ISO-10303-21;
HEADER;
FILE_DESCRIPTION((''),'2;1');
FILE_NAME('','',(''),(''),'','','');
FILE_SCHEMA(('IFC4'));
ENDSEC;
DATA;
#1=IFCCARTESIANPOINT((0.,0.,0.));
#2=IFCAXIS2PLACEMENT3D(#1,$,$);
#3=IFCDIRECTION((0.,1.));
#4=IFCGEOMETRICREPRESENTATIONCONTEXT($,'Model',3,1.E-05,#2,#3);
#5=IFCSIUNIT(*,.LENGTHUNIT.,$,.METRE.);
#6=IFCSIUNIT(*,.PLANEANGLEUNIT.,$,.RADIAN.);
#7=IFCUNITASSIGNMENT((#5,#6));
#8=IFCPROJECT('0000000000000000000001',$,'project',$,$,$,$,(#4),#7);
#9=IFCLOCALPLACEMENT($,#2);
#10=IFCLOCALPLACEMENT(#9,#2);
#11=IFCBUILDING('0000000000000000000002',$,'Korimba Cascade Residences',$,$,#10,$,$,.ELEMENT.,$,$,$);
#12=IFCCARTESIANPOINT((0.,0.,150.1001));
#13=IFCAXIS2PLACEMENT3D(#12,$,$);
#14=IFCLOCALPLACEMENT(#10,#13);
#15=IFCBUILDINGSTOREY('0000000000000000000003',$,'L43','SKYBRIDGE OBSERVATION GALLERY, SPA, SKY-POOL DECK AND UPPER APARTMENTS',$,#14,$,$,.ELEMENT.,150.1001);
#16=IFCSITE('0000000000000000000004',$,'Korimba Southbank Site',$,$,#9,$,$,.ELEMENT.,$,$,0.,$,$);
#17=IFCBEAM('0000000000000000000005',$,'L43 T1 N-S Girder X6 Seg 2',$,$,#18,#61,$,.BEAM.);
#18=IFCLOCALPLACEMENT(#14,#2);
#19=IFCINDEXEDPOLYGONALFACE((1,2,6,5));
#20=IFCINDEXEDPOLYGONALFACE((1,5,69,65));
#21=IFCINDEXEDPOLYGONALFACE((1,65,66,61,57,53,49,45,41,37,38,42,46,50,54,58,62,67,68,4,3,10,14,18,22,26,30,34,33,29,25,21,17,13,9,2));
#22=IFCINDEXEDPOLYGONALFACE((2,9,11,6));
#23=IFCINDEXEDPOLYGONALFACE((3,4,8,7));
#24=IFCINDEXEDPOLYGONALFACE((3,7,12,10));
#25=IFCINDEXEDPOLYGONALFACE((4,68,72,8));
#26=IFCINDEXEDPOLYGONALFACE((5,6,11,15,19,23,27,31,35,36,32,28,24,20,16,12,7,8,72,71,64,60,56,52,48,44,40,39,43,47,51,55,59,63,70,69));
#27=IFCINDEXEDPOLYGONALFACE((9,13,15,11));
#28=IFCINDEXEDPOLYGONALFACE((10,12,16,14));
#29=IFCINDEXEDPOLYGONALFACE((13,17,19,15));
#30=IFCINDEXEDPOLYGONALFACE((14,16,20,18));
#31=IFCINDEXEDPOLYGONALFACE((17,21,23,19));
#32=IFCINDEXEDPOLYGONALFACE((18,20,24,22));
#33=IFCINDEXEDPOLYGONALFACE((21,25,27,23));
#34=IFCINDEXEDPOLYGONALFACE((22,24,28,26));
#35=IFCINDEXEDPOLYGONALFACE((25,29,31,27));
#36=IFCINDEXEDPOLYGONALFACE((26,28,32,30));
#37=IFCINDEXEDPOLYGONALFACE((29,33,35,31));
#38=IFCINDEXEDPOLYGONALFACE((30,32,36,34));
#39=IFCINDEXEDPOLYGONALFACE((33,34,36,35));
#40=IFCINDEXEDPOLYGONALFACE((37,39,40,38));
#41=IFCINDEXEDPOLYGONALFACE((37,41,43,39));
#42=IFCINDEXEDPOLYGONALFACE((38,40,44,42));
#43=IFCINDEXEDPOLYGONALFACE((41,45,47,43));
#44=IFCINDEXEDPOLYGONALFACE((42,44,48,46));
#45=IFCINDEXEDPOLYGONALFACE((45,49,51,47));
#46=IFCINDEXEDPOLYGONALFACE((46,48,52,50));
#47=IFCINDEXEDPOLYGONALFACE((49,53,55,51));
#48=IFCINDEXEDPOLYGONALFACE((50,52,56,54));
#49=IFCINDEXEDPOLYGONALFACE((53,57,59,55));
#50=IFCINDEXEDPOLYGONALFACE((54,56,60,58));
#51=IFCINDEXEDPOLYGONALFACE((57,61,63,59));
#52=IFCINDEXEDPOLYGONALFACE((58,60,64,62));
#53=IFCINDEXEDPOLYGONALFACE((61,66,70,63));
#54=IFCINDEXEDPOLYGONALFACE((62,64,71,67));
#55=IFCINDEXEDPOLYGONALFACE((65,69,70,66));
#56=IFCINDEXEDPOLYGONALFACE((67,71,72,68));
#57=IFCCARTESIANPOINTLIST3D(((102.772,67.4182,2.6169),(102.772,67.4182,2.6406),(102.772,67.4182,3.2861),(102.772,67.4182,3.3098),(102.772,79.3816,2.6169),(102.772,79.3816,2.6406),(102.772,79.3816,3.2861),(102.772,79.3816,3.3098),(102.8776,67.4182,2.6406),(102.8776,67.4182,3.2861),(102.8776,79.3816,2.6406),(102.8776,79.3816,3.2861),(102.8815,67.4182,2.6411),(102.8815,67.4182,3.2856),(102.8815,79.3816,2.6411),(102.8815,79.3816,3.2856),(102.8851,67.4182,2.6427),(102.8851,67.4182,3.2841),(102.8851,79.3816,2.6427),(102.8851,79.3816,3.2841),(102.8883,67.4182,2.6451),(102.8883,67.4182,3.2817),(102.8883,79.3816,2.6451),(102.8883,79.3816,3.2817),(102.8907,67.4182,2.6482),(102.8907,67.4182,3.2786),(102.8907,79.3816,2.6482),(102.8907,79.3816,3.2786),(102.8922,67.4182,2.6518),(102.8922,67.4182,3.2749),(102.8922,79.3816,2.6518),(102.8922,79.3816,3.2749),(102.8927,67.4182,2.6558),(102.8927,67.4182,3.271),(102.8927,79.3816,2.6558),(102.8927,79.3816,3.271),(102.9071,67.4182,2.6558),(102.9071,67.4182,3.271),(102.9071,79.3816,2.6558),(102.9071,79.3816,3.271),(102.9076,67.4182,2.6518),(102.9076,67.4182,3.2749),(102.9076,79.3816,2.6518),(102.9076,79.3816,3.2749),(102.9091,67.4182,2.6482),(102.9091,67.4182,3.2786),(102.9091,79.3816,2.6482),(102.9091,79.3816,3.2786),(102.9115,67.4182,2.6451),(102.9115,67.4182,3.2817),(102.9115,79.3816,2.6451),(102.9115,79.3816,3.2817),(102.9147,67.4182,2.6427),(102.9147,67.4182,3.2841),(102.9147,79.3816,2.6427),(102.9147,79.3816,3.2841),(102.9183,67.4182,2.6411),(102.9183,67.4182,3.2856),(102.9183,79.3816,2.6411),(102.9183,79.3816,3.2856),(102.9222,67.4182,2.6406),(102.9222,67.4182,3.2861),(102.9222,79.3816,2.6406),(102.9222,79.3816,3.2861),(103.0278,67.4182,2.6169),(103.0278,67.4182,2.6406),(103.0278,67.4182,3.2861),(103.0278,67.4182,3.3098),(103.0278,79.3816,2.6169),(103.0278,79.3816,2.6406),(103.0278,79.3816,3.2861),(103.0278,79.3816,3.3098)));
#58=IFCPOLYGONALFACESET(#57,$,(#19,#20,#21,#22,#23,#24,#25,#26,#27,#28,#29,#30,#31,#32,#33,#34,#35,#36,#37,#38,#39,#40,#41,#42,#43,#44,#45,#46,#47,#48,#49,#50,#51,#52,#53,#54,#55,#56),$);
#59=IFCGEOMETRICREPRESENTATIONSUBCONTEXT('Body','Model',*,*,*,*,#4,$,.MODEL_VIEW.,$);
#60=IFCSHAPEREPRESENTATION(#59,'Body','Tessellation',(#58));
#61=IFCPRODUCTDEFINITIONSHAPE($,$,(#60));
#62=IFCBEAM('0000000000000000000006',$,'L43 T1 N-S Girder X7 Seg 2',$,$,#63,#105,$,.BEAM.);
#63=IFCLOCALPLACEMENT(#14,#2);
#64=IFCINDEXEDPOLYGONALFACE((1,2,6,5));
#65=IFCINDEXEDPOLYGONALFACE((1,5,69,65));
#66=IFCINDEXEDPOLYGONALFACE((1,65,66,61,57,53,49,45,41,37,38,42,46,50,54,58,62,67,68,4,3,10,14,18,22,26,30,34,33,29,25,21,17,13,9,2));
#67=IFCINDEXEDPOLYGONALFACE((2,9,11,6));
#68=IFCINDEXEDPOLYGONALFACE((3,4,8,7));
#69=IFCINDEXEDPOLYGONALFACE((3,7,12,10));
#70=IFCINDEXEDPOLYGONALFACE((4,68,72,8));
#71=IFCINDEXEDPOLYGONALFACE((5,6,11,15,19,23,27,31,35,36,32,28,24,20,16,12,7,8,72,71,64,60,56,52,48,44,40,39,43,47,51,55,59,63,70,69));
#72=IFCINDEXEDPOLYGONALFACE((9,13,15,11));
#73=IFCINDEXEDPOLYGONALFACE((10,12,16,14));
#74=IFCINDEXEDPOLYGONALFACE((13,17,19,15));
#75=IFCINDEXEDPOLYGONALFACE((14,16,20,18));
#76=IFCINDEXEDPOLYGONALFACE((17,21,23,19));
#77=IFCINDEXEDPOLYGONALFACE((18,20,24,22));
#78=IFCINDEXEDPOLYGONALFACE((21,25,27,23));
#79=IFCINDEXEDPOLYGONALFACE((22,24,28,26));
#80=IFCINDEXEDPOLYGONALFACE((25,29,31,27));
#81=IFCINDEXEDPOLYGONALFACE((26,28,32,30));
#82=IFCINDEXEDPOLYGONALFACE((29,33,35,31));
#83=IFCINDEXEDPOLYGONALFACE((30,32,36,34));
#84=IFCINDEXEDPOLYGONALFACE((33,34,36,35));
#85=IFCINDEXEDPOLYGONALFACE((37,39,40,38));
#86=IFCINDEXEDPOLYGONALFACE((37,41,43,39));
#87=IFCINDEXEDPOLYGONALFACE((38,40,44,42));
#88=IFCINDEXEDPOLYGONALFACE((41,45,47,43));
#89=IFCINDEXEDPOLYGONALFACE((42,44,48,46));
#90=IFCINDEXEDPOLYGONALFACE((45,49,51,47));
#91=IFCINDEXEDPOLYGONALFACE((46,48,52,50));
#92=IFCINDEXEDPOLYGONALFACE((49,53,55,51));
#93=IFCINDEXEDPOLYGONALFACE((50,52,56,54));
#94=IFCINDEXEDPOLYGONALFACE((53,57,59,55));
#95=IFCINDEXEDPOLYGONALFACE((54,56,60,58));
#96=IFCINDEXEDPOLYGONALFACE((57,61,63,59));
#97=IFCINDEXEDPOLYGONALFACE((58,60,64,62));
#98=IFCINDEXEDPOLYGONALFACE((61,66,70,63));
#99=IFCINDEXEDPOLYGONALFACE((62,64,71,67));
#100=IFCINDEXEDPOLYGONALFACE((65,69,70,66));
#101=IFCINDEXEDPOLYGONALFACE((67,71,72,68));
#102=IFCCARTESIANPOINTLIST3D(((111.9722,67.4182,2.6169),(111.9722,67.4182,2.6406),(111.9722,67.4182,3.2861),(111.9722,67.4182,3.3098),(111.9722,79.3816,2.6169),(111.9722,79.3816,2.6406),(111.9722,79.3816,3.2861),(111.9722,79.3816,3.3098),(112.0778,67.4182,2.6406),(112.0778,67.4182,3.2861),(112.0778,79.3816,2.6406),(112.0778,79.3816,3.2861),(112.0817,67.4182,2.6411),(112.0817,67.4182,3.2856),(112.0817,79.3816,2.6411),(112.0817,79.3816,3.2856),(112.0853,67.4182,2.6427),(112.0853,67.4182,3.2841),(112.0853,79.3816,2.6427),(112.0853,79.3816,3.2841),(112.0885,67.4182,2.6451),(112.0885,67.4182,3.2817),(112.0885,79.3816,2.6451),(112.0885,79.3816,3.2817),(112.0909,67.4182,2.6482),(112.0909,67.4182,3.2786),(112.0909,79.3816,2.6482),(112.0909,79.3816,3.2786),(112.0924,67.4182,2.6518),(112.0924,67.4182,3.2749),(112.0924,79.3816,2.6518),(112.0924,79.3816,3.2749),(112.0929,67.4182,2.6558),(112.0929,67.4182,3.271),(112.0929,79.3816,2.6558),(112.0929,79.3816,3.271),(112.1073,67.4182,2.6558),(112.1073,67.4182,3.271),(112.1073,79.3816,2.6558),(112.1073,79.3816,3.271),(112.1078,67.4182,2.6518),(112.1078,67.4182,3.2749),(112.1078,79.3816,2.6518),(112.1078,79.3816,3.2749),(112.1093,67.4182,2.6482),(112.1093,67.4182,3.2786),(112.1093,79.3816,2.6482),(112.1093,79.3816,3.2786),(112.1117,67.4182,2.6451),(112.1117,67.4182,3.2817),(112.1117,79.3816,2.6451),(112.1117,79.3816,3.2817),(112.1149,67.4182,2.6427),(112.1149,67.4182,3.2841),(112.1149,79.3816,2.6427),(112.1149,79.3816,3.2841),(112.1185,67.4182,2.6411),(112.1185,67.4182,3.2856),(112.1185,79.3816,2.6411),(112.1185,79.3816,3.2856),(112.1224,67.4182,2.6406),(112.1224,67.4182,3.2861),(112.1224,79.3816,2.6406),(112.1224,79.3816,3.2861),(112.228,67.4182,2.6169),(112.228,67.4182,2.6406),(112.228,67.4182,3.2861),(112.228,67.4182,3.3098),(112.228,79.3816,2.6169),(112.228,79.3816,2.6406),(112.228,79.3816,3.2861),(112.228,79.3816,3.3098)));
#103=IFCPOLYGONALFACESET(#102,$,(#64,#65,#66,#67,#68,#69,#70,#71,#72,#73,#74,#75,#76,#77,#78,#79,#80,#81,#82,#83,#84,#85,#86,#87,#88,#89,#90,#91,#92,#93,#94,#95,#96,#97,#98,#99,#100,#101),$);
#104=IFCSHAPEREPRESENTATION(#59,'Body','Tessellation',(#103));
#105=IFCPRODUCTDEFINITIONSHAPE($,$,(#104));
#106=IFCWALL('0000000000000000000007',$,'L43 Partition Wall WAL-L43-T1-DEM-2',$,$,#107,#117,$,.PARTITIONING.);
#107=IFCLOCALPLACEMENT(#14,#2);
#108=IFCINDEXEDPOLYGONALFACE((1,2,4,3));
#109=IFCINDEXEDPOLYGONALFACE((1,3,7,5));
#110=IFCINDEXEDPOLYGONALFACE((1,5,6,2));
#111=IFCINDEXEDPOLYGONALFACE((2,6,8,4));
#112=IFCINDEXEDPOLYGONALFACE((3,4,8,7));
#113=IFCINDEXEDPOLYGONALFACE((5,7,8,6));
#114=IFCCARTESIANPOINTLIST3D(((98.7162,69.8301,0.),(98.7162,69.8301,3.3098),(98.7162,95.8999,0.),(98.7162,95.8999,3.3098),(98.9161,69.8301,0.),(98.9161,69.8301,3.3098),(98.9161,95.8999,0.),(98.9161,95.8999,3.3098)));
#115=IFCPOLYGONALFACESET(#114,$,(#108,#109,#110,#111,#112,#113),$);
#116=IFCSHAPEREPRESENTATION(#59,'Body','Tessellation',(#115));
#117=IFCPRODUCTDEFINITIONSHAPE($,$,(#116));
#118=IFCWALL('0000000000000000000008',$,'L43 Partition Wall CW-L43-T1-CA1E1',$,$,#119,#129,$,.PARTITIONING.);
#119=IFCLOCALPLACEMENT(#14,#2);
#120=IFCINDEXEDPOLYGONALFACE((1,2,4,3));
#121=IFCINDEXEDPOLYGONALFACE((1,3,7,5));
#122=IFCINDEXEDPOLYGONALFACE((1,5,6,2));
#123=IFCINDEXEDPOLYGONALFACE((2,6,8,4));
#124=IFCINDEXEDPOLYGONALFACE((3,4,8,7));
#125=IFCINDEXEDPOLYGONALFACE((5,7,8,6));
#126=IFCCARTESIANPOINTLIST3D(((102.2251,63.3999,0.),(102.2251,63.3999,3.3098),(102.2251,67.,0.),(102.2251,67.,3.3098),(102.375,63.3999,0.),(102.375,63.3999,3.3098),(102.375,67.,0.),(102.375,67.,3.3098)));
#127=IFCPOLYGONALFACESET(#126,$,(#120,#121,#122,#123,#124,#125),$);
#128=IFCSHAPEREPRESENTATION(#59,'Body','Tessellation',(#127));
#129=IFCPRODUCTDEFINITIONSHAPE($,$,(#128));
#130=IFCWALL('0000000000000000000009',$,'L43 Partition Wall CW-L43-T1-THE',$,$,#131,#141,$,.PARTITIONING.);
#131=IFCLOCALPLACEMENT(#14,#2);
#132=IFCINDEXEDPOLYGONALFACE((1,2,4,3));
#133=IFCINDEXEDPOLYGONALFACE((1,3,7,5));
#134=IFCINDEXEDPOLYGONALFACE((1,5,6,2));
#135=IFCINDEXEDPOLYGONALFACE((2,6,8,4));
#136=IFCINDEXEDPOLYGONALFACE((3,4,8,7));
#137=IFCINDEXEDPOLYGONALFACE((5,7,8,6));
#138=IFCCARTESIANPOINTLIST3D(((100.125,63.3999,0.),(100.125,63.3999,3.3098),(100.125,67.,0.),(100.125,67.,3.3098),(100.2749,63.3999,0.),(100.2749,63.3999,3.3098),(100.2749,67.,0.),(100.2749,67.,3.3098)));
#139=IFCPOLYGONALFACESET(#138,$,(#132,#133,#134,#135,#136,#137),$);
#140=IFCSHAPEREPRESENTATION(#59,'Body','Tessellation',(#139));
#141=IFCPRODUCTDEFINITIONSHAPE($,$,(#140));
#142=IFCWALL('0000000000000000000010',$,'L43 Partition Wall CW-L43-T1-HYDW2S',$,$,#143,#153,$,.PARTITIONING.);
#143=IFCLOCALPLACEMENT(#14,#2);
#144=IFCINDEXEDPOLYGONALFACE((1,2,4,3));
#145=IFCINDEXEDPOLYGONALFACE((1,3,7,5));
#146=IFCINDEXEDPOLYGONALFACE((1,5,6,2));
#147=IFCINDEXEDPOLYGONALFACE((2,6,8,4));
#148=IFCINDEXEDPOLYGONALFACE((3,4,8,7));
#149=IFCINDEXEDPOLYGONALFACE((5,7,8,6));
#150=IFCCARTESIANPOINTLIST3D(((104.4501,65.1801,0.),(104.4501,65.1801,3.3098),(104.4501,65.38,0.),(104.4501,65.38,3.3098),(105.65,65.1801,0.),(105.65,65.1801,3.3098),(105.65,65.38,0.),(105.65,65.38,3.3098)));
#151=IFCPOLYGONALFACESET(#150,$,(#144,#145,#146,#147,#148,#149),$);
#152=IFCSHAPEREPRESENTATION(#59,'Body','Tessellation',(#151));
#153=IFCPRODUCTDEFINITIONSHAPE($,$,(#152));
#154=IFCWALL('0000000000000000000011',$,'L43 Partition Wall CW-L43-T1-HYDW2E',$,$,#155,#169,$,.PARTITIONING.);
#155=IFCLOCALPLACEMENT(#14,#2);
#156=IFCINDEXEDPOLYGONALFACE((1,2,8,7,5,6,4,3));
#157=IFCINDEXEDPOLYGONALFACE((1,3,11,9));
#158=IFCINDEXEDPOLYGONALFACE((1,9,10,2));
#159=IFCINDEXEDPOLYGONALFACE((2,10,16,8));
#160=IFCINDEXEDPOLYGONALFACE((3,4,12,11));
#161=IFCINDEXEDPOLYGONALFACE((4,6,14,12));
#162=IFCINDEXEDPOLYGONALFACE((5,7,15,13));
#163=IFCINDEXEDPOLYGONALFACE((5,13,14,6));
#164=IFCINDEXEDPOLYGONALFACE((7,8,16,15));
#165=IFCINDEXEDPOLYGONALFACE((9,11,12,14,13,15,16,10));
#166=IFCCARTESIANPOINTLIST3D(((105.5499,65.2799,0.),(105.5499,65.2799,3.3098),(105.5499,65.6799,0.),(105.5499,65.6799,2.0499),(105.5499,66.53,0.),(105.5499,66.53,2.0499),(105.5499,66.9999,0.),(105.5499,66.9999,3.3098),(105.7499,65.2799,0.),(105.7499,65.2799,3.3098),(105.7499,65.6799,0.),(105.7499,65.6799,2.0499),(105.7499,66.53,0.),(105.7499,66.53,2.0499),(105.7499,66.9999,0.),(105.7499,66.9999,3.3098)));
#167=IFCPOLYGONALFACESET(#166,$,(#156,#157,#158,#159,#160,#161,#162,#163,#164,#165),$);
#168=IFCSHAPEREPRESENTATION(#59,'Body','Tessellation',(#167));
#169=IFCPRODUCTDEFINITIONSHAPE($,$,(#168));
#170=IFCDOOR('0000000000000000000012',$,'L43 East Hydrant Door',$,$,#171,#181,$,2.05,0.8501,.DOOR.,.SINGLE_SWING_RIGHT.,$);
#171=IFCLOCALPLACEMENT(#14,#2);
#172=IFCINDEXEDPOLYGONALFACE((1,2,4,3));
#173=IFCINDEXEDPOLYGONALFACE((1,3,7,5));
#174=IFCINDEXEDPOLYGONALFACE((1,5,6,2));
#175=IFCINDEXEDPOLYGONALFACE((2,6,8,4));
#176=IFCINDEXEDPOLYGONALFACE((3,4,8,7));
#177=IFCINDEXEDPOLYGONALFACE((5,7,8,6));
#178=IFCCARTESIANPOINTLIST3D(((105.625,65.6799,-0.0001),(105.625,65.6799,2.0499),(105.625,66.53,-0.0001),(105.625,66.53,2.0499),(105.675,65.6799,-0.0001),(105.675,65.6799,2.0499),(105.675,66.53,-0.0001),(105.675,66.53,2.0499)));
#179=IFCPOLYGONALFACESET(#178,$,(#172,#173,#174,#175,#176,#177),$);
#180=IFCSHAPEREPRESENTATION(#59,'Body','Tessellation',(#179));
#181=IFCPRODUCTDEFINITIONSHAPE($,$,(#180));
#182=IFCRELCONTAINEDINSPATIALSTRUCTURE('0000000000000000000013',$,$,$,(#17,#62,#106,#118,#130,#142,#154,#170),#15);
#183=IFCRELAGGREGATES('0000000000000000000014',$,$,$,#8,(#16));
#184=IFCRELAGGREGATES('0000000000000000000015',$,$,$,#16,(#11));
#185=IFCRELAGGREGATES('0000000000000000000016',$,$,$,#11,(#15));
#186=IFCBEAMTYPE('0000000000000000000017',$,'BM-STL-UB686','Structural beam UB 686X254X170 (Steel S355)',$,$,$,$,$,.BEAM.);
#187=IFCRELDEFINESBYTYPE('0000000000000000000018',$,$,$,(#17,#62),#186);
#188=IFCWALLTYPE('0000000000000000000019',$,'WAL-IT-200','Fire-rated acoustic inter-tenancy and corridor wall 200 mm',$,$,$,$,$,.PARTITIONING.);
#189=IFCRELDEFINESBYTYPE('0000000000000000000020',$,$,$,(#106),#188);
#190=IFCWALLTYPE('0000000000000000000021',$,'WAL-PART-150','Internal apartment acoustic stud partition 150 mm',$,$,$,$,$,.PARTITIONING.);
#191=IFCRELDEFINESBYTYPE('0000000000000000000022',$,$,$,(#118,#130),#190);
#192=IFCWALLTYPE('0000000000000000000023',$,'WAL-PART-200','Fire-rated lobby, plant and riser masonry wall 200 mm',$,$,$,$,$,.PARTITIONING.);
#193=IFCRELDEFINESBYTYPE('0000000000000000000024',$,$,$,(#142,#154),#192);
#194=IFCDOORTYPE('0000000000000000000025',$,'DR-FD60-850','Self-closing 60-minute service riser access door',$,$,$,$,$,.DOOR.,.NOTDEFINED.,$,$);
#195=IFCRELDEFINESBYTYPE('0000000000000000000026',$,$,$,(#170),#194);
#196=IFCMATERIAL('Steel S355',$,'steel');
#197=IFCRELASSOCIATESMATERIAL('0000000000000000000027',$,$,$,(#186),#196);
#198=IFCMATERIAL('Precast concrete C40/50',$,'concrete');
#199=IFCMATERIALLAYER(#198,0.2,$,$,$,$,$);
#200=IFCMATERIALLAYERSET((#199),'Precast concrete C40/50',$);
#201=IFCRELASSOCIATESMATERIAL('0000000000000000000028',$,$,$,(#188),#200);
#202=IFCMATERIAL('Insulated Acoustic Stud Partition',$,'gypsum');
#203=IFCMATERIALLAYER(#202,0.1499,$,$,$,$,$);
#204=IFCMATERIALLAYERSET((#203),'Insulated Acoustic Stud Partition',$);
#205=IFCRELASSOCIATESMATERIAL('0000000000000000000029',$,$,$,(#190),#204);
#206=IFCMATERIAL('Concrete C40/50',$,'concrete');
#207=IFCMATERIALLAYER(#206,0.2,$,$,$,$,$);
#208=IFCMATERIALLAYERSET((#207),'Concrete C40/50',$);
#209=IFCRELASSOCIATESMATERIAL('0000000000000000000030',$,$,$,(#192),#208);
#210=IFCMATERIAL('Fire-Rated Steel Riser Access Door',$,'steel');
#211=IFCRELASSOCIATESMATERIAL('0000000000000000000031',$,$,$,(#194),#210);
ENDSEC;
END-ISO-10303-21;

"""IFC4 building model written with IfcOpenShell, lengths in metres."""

from ifc_helpers import new_model, si_unit, direction, frame, frame_2d, origin, origin_2d, place, context, subcontext, project, spatial, rectangle, i_section, extrude, material, layer, layer_set, material_profile, profile_set, type_object, element, fill, save


model = new_model("IFC4")

# Units and contexts
model_context = context("Model", 3, precision=1e-05, world=origin(), true_north=direction((0.0, 1.0)))
body_context = subcontext(model_context, "Body", "Model", "MODEL_VIEW")
ifc_project = project(units=[si_unit("LENGTHUNIT", "METRE"), si_unit("PLANEANGLEUNIT", "RADIAN")], contexts=[model_context])

# Site, building, storey
site_placement = place(None, origin())
site = spatial("IfcSite", under=ifc_project, at=site_placement, Name="Korimba Southbank Site", CompositionType="ELEMENT", RefElevation=0.0)
building_placement = place(site_placement, origin())
building = spatial("IfcBuilding", under=site, at=building_placement, Name="Korimba Cascade Residences", CompositionType="ELEMENT")
storey_placement = place(building_placement, frame((0.0, 0.0, 150.1001)))
storey = spatial("IfcBuildingStorey", under=building, at=storey_placement, Name="L43", Description="SKYBRIDGE OBSERVATION GALLERY, SPA, SKY-POOL DECK AND UPPER APARTMENTS", CompositionType="ELEMENT", Elevation=150.1001)

# Beams
ifc_material_1 = material(Name="Steel S355", Category="steel")
ifc_material_profile_1 = material_profile(ifc_material_1, i_section(OverallWidth=0.2559, OverallDepth=0.6929, WebThickness=0.0144, FlangeThickness=0.0237, FilletRadius=0.0151, at=origin_2d()), Name="Steel S355")
ifc_profile_set_1 = profile_set([ifc_material_profile_1], Name="Steel S355")
beam_type_1 = type_object("IfcBeamType", Name="BM-STL-UB686", Description="Structural beam UB 686X254X170 (Steel S355)", PredefinedType="BEAM", material=ifc_profile_set_1)
for number, where, z_axis, x_axis, name in (
    (1, (102.8999, 67.4182, 2.9634), (0.0, 1.0, 0.0), (-1.0, 0.0, 0.0), "L43 T1 N-S Girder X6 Seg 2"),
    (2, (112.1001, 67.4182, 2.9634), (0.0, 1.0, 0.0), (-1.0, 0.0, 0.0), "L43 T1 N-S Girder X7 Seg 2"),
):
    element("IfcBeam", number, at=place(storey_placement, frame(where, z_axis=z_axis, x_axis=x_axis)), inside=storey, type_object=beam_type_1, Name=name, PredefinedType="BEAM", context=body_context, shape_type="SweptSolid", body=[
        extrude(i_section(OverallWidth=0.2559, OverallDepth=0.6929, WebThickness=0.0144, FlangeThickness=0.0237, FilletRadius=0.0151, at=origin_2d()), origin(), (0.0, 0.0, 1.0), 11.9634),
    ])

# Walls
ifc_material_2 = material(Name="Precast concrete C40/50", Category="concrete")
ifc_layer_1 = layer(ifc_material_2, 0.2)
ifc_layer_set_1 = layer_set([ifc_layer_1], Name="Precast concrete C40/50")
wall_type_1 = type_object("IfcWallType", Name="WAL-IT-200", Description="Fire-rated acoustic inter-tenancy and corridor wall 200 mm", PredefinedType="PARTITIONING", material=ifc_layer_set_1)
wall_1_placement = place(storey_placement, frame((98.8162, 69.8301, 0.0), z_axis=(0.0, 0.0, 1.0), x_axis=(0.0, 1.0, 0.0)))
element("IfcWall", 3, at=wall_1_placement, inside=storey, type_object=wall_type_1, Name="L43 Partition Wall WAL-L43-T1-DEM-2", PredefinedType="PARTITIONING", context=body_context, shape_type="SweptSolid", body=[
    extrude(rectangle(XDim=26.0698, YDim=0.2, at=frame_2d((13.0349, 0.0))), origin(), (0.0, 0.0, 1.0), 3.3098),
])
ifc_material_3 = material(Name="Insulated Acoustic Stud Partition", Category="gypsum")
ifc_layer_2 = layer(ifc_material_3, 0.1499)
ifc_layer_set_2 = layer_set([ifc_layer_2], Name="Insulated Acoustic Stud Partition")
wall_type_2 = type_object("IfcWallType", Name="WAL-PART-150", Description="Internal apartment acoustic stud partition 150 mm", PredefinedType="PARTITIONING", material=ifc_layer_set_2)
for number, where, z_axis, x_axis, name in (
    (4, (102.3, 63.3999, 0.0), (0.0, 0.0, 1.0), (0.0, 1.0, 0.0), "L43 Partition Wall CW-L43-T1-CA1E1"),
    (5, (100.2, 63.3999, 0.0), (0.0, 0.0, 1.0), (0.0, 1.0, 0.0), "L43 Partition Wall CW-L43-T1-THE"),
):
    element("IfcWall", number, at=place(storey_placement, frame(where, z_axis=z_axis, x_axis=x_axis)), inside=storey, type_object=wall_type_2, Name=name, PredefinedType="PARTITIONING", context=body_context, shape_type="SweptSolid", body=[
        extrude(rectangle(XDim=3.6001, YDim=0.1499, at=frame_2d((1.8, 0.0))), origin(), (0.0, 0.0, 1.0), 3.3098),
    ])
ifc_material_4 = material(Name="Concrete C40/50", Category="concrete")
ifc_layer_3 = layer(ifc_material_4, 0.2)
ifc_layer_set_3 = layer_set([ifc_layer_3], Name="Concrete C40/50")
wall_type_3 = type_object("IfcWallType", Name="WAL-PART-200", Description="Fire-rated lobby, plant and riser masonry wall 200 mm", PredefinedType="PARTITIONING", material=ifc_layer_set_3)
wall_2_placement = place(storey_placement, frame((104.45, 65.28, 0.0), z_axis=(0.0, 0.0, 1.0), x_axis=(1.0, 0.0, 0.0)))
element("IfcWall", 6, at=wall_2_placement, inside=storey, type_object=wall_type_3, Name="L43 Partition Wall CW-L43-T1-HYDW2S", PredefinedType="PARTITIONING", context=body_context, shape_type="SweptSolid", body=[
    extrude(rectangle(XDim=1.2, YDim=0.2, at=frame_2d((0.6001, 0.0))), origin(), (0.0, 0.0, 1.0), 3.3098),
])

# Wall, opening, door
wall_3_placement = place(storey_placement, frame((105.6499, 65.28, 0.0), z_axis=(0.0, 0.0, 1.0), x_axis=(0.0, 1.0, 0.0)))
wall_3 = element("IfcWall", 7, at=wall_3_placement, inside=storey, type_object=wall_type_3, Name="L43 Partition Wall CW-L43-T1-HYDW2E", PredefinedType="PARTITIONING", context=body_context, shape_type="SweptSolid", body=[
    extrude(rectangle(XDim=1.72, YDim=0.2, at=frame_2d((0.8599, 0.0))), origin(), (0.0, 0.0, 1.0), 3.3098),
])
opening_placement = place(wall_3_placement, frame((0.3999, 0.0, 0.0)))
opening = element("IfcOpeningElement", 8, at=opening_placement, cuts=wall_3, PredefinedType="OPENING", context=body_context, shape_type="SweptSolid", body=[
    extrude(rectangle(XDim=0.8501, YDim=2.05, at=frame_2d((0.425, 1.0249))), frame((0.0, 0.1099, 0.0), z_axis=(0.0, -1.0, 0.0), x_axis=(1.0, 0.0, 0.0)), (0.0, 0.0, 1.0), 0.22),
])
ifc_material_5 = material(Name="Fire-Rated Steel Riser Access Door", Category="steel")
door_type = type_object("IfcDoorType", Name="DR-FD60-850", Description="Self-closing 60-minute service riser access door", OperationType="NOTDEFINED", PredefinedType="DOOR", material=ifc_material_5)
door_placement = place(opening_placement, origin())
door = element("IfcDoor", 9, at=door_placement, inside=storey, type_object=door_type, Name="L43 East Hydrant Door", OperationType="SINGLE_SWING_RIGHT", OverallHeight=2.05, OverallWidth=0.8501, PredefinedType="DOOR", context=body_context, shape_type="SweptSolid", body=[
    extrude(rectangle(XDim=0.8501, YDim=2.05, at=frame_2d((0.425, 1.0249))), frame((0.0, 0.0249, 0.0), z_axis=(0.0, -1.0, 0.0), x_axis=(1.0, 0.0, 0.0)), (0.0, 0.0, 1.0), 0.05),
])
fill(opening, door)

save(model, "model.ifc")
